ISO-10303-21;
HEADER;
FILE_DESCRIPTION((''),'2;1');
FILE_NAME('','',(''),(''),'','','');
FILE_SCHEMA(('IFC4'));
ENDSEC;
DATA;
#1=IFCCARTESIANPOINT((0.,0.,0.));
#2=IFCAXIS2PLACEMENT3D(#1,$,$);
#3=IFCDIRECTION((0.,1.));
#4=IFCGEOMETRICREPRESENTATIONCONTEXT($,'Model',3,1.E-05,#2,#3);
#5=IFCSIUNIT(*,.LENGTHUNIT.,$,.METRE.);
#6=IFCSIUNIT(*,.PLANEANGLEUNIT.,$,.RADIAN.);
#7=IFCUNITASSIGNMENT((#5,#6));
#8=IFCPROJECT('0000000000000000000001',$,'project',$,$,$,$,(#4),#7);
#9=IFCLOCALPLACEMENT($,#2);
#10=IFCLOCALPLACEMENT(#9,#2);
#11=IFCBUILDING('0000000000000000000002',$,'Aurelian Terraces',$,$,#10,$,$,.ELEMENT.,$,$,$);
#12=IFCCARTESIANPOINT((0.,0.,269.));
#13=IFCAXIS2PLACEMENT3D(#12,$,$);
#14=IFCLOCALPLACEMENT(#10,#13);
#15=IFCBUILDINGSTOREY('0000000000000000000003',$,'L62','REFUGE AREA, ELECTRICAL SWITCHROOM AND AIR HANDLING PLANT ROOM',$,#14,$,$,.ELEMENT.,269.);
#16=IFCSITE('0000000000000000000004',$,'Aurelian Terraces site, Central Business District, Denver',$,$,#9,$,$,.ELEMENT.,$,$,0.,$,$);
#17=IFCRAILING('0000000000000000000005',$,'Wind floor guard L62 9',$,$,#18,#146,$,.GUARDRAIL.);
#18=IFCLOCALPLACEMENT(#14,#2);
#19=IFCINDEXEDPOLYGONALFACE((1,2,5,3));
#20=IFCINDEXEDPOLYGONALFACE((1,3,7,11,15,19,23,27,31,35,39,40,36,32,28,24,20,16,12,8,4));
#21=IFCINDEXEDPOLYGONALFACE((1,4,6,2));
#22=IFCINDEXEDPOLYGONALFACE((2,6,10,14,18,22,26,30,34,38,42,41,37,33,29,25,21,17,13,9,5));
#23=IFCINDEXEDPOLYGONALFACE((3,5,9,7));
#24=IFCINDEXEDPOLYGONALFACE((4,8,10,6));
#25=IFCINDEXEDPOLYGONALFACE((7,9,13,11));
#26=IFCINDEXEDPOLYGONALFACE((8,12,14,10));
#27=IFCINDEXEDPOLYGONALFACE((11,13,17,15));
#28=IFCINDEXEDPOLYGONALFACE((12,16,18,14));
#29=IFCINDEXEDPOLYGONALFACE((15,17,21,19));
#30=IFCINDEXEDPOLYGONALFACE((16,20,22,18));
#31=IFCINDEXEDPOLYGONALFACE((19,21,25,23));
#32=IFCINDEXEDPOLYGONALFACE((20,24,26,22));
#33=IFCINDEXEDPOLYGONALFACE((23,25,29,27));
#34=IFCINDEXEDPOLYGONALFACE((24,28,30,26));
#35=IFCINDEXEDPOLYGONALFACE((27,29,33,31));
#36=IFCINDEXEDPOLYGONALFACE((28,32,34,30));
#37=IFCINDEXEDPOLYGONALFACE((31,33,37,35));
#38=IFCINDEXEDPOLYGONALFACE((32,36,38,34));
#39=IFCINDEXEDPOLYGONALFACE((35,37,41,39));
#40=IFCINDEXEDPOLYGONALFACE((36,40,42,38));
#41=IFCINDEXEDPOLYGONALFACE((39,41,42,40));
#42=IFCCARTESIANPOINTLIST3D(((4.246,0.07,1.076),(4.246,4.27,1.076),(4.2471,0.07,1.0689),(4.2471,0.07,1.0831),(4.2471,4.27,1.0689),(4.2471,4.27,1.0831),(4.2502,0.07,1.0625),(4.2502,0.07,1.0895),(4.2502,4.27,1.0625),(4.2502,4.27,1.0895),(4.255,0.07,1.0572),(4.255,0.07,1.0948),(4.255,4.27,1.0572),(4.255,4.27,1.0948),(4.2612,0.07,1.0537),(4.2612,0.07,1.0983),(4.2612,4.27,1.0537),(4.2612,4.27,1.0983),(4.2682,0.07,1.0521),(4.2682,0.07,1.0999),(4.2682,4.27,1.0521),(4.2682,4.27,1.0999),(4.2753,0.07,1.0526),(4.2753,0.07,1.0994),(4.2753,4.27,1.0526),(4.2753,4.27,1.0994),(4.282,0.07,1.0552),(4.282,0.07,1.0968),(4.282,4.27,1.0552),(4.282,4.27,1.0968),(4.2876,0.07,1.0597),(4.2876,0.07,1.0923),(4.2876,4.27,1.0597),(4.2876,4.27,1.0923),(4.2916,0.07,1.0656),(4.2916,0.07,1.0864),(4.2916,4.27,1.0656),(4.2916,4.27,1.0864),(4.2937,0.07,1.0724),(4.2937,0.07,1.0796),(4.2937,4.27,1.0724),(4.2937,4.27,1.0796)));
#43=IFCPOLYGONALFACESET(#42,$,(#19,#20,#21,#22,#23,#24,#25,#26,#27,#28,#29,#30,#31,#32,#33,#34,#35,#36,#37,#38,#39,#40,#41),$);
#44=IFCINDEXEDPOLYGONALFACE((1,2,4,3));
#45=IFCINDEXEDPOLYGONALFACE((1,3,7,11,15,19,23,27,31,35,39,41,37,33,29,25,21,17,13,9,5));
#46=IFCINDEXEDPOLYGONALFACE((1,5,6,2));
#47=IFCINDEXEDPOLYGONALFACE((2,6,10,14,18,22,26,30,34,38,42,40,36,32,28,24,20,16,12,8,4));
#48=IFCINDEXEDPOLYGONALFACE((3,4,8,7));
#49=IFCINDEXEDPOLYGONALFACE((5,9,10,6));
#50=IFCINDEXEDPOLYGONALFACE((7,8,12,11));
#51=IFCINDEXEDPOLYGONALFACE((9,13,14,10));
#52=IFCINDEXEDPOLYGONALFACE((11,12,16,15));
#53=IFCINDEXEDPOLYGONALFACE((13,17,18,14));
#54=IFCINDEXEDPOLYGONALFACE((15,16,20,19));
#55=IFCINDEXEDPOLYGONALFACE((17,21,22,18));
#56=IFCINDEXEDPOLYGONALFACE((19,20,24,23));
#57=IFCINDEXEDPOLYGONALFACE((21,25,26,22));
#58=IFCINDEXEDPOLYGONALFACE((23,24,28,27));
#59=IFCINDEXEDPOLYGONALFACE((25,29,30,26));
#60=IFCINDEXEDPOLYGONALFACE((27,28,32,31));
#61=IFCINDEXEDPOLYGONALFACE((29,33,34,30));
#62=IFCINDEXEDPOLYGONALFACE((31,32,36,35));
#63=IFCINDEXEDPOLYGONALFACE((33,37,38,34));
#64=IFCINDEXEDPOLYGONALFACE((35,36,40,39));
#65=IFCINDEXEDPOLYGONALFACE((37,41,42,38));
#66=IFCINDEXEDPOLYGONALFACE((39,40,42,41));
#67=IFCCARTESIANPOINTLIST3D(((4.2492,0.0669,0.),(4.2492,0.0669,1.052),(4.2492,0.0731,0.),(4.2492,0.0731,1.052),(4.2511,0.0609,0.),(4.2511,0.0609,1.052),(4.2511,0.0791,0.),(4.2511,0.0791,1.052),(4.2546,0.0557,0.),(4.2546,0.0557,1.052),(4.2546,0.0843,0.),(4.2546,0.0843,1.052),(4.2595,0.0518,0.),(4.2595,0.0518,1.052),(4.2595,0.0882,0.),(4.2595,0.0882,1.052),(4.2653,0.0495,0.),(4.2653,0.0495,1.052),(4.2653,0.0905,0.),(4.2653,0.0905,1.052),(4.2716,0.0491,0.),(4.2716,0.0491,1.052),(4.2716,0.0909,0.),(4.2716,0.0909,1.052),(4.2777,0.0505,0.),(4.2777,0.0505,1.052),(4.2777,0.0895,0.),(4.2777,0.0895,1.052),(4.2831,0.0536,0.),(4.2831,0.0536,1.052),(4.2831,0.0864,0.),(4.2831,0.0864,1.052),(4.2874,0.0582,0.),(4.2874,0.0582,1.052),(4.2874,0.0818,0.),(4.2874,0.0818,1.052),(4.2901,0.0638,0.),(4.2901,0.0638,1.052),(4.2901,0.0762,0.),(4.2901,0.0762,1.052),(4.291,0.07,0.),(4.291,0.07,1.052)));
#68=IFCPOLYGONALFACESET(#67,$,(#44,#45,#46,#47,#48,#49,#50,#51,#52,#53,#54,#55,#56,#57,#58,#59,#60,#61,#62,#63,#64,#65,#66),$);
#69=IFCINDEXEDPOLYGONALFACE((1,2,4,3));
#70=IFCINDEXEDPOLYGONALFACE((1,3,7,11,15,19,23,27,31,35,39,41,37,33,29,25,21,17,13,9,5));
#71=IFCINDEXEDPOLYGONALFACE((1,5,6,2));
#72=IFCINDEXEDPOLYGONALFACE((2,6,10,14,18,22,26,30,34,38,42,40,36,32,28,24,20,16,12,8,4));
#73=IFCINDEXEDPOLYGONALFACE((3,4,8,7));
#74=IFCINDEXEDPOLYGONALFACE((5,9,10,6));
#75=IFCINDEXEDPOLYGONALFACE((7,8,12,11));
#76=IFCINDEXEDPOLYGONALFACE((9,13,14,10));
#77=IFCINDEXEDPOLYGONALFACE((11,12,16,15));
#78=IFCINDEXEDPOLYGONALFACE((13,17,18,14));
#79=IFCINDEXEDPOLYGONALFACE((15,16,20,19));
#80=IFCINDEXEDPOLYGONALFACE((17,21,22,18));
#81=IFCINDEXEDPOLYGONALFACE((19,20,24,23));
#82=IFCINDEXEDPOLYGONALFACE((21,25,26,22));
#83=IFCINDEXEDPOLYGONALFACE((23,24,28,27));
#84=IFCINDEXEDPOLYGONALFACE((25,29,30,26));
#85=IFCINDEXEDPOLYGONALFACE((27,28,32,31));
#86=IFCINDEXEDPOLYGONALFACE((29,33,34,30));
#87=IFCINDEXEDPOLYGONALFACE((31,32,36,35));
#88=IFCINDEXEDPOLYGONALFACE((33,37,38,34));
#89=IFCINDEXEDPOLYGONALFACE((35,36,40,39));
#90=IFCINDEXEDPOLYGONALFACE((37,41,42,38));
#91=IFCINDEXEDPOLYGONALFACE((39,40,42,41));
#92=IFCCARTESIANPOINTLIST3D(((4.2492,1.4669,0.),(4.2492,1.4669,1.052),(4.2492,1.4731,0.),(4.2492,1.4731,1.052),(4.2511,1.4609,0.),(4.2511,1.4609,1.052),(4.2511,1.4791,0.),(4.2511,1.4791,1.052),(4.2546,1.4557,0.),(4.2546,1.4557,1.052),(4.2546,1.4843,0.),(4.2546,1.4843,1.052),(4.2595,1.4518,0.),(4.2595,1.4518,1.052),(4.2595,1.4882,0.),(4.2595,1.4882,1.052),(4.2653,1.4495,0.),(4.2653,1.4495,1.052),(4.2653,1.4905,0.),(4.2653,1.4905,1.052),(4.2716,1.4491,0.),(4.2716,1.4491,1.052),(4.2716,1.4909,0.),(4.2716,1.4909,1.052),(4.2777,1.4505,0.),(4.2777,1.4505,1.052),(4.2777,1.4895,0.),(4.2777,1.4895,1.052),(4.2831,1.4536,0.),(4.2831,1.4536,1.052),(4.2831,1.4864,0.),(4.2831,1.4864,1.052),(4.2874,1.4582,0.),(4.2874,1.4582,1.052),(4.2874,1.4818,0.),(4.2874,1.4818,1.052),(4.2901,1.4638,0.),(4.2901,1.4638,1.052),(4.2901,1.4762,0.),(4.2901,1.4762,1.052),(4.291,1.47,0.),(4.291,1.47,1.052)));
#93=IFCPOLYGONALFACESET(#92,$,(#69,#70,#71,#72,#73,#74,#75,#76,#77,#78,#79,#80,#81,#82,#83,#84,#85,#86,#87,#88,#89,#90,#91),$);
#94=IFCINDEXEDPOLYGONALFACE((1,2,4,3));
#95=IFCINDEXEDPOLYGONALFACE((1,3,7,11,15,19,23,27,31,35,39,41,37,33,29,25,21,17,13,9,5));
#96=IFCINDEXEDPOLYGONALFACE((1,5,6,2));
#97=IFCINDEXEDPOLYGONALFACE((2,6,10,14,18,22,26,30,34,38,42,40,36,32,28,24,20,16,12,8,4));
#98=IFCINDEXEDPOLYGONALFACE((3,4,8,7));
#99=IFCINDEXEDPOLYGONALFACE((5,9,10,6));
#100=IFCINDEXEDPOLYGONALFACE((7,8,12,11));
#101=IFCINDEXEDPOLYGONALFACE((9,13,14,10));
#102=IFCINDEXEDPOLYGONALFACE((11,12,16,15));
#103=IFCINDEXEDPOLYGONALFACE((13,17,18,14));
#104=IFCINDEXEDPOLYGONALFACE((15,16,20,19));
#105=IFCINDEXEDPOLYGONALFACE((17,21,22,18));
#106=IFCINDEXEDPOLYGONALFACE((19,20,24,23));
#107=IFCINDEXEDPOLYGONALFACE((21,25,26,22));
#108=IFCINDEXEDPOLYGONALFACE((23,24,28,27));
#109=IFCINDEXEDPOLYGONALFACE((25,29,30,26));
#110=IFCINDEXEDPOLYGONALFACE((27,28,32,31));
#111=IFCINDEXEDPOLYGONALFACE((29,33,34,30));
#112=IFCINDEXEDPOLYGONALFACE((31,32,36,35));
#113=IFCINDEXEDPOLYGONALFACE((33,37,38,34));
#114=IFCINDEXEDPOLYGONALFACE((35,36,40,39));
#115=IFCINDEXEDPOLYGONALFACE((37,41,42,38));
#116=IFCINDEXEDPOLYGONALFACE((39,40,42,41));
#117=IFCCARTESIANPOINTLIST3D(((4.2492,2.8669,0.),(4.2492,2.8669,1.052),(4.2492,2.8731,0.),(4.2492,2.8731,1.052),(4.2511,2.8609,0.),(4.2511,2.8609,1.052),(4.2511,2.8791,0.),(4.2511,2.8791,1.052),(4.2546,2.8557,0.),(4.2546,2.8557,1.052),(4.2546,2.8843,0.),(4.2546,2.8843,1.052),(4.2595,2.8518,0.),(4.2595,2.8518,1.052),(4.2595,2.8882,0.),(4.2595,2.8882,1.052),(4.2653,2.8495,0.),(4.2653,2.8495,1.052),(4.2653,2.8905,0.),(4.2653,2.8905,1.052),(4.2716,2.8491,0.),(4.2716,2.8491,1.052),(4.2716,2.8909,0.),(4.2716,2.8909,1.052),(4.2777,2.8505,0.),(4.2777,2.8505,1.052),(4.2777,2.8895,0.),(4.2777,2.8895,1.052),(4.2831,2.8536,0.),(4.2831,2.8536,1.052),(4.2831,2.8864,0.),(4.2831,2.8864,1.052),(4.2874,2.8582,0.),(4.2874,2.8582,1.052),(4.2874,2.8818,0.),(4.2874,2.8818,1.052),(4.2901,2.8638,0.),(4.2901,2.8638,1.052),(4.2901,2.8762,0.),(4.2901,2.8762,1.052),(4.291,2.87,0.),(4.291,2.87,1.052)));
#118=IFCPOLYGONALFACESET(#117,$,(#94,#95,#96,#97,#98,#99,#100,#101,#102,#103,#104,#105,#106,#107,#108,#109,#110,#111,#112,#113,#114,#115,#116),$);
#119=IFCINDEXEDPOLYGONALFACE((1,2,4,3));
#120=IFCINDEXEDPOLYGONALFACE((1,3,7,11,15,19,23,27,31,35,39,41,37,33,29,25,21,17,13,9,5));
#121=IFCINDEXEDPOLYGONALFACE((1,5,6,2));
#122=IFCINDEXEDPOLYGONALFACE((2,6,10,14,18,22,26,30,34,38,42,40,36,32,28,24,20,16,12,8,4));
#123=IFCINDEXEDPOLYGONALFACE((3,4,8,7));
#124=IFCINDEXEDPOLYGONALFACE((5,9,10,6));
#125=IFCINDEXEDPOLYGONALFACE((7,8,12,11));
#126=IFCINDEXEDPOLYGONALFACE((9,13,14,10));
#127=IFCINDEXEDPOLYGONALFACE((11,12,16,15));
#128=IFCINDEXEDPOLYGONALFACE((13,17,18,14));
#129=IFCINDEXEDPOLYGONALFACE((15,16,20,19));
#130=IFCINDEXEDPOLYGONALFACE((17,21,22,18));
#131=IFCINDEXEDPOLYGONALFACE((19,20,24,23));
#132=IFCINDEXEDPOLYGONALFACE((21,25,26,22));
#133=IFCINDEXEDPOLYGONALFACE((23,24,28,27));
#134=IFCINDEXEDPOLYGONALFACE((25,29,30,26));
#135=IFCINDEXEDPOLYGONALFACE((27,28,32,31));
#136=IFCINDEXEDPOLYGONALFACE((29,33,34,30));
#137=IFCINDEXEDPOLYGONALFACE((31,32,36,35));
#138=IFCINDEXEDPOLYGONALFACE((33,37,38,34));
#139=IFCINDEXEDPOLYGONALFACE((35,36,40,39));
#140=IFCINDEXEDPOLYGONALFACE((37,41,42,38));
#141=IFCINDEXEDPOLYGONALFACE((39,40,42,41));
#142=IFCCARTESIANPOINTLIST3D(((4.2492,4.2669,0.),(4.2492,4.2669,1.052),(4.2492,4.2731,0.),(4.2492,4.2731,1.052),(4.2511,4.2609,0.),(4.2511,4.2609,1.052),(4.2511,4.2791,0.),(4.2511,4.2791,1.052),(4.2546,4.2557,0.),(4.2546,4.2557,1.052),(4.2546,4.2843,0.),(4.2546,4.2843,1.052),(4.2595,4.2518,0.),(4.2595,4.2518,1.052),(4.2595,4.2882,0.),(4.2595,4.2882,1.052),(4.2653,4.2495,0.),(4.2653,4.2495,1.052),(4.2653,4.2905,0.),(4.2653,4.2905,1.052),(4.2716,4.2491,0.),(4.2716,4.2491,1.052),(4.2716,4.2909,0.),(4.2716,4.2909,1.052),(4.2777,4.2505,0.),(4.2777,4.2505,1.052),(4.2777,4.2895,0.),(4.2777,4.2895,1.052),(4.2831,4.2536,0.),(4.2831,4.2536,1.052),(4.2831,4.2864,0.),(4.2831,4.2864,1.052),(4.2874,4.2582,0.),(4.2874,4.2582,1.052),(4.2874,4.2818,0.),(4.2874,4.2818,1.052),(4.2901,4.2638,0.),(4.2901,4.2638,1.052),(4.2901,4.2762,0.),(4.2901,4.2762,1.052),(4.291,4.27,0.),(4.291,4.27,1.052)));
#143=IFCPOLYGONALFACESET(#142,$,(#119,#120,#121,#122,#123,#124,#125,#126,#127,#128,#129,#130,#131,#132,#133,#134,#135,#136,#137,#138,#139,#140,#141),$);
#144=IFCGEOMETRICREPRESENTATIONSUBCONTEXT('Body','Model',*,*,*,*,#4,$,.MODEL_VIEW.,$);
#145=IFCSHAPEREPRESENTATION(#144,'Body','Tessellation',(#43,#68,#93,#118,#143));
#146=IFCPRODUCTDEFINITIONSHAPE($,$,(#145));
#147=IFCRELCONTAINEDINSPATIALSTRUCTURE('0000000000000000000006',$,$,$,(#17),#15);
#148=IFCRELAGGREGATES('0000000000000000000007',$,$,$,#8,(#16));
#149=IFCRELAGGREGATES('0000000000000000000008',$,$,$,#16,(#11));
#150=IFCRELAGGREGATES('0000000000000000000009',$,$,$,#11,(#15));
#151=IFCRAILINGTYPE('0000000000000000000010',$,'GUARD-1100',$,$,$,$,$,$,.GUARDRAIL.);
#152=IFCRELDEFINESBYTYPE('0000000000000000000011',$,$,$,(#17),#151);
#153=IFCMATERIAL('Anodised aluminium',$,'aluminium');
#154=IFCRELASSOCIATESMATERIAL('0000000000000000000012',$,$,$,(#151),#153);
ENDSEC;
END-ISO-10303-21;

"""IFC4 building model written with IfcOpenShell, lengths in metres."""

from ifc_helpers import new_model, si_unit, direction, frame, origin, origin_2d, place, context, subcontext, project, spatial, circle, extrude, source, transform, mapped, material, type_object, element, save


model = new_model("IFC4")

# Units and contexts
model_context = context("Model", 3, precision=1e-05, world=origin(), true_north=direction((0.0, 1.0)))
body_context = subcontext(model_context, "Body", "Model", "MODEL_VIEW")
ifc_project = project(units=[si_unit("LENGTHUNIT", "METRE"), si_unit("PLANEANGLEUNIT", "RADIAN")], contexts=[model_context])

# Site, building, storey
site_placement = place(None, origin())
site = spatial("IfcSite", under=ifc_project, at=site_placement, Name="Aurelian Terraces site, Central Business District, Denver", CompositionType="ELEMENT", RefElevation=0.0)
building_placement = place(site_placement, origin())
building = spatial("IfcBuilding", under=site, at=building_placement, Name="Aurelian Terraces", CompositionType="ELEMENT")
storey_placement = place(building_placement, frame((0.0, 0.0, 269.0)))
storey = spatial("IfcBuildingStorey", under=building, at=storey_placement, Name="L62", Description="REFUGE AREA, ELECTRICAL SWITCHROOM AND AIR HANDLING PLANT ROOM", CompositionType="ELEMENT", Elevation=269.0)

# Railing
ifc_material_1 = material(Name="Anodised aluminium", Category="aluminium")
railing_type = type_object("IfcRailingType", Name="GUARD-1100", PredefinedType="GUARDRAIL", material=ifc_material_1)
shared_shape_1 = source(origin(), body_context, "Body", "SweptSolid", [
    extrude(circle(Radius=0.024, at=origin_2d()), frame((0.0, 0.0, 1.076), z_axis=(0.0, 1.0, 0.0), x_axis=(-1.0, 0.0, 0.0)), (0.0, 0.0, 1.0), 4.2),
    extrude(circle(Radius=0.021, at=origin_2d()), origin(), (0.0, 0.0, 1.0), 1.052),
    extrude(circle(Radius=0.021, at=origin_2d()), frame((0.0, 1.4, 0.0)), (0.0, 0.0, 1.0), 1.052),
    extrude(circle(Radius=0.021, at=origin_2d()), frame((0.0, 2.8, 0.0)), (0.0, 0.0, 1.0), 1.052),
    extrude(circle(Radius=0.021, at=origin_2d()), frame((0.0, 4.2, 0.0)), (0.0, 0.0, 1.0), 1.052),
])
railing_1_placement = place(storey_placement, frame((4.27, 0.07, 0.0)))
element("IfcRailing", 1, at=railing_1_placement, inside=storey, type_object=railing_type, Name="Wind floor guard L62 9", PredefinedType="GUARDRAIL", context=body_context, shape_type="MappedRepresentation", body=[
    mapped(shared_shape_1, transform((0.0, 0.0, 0.0), scale=1.0)),
])

save(model, "model.ifc")
